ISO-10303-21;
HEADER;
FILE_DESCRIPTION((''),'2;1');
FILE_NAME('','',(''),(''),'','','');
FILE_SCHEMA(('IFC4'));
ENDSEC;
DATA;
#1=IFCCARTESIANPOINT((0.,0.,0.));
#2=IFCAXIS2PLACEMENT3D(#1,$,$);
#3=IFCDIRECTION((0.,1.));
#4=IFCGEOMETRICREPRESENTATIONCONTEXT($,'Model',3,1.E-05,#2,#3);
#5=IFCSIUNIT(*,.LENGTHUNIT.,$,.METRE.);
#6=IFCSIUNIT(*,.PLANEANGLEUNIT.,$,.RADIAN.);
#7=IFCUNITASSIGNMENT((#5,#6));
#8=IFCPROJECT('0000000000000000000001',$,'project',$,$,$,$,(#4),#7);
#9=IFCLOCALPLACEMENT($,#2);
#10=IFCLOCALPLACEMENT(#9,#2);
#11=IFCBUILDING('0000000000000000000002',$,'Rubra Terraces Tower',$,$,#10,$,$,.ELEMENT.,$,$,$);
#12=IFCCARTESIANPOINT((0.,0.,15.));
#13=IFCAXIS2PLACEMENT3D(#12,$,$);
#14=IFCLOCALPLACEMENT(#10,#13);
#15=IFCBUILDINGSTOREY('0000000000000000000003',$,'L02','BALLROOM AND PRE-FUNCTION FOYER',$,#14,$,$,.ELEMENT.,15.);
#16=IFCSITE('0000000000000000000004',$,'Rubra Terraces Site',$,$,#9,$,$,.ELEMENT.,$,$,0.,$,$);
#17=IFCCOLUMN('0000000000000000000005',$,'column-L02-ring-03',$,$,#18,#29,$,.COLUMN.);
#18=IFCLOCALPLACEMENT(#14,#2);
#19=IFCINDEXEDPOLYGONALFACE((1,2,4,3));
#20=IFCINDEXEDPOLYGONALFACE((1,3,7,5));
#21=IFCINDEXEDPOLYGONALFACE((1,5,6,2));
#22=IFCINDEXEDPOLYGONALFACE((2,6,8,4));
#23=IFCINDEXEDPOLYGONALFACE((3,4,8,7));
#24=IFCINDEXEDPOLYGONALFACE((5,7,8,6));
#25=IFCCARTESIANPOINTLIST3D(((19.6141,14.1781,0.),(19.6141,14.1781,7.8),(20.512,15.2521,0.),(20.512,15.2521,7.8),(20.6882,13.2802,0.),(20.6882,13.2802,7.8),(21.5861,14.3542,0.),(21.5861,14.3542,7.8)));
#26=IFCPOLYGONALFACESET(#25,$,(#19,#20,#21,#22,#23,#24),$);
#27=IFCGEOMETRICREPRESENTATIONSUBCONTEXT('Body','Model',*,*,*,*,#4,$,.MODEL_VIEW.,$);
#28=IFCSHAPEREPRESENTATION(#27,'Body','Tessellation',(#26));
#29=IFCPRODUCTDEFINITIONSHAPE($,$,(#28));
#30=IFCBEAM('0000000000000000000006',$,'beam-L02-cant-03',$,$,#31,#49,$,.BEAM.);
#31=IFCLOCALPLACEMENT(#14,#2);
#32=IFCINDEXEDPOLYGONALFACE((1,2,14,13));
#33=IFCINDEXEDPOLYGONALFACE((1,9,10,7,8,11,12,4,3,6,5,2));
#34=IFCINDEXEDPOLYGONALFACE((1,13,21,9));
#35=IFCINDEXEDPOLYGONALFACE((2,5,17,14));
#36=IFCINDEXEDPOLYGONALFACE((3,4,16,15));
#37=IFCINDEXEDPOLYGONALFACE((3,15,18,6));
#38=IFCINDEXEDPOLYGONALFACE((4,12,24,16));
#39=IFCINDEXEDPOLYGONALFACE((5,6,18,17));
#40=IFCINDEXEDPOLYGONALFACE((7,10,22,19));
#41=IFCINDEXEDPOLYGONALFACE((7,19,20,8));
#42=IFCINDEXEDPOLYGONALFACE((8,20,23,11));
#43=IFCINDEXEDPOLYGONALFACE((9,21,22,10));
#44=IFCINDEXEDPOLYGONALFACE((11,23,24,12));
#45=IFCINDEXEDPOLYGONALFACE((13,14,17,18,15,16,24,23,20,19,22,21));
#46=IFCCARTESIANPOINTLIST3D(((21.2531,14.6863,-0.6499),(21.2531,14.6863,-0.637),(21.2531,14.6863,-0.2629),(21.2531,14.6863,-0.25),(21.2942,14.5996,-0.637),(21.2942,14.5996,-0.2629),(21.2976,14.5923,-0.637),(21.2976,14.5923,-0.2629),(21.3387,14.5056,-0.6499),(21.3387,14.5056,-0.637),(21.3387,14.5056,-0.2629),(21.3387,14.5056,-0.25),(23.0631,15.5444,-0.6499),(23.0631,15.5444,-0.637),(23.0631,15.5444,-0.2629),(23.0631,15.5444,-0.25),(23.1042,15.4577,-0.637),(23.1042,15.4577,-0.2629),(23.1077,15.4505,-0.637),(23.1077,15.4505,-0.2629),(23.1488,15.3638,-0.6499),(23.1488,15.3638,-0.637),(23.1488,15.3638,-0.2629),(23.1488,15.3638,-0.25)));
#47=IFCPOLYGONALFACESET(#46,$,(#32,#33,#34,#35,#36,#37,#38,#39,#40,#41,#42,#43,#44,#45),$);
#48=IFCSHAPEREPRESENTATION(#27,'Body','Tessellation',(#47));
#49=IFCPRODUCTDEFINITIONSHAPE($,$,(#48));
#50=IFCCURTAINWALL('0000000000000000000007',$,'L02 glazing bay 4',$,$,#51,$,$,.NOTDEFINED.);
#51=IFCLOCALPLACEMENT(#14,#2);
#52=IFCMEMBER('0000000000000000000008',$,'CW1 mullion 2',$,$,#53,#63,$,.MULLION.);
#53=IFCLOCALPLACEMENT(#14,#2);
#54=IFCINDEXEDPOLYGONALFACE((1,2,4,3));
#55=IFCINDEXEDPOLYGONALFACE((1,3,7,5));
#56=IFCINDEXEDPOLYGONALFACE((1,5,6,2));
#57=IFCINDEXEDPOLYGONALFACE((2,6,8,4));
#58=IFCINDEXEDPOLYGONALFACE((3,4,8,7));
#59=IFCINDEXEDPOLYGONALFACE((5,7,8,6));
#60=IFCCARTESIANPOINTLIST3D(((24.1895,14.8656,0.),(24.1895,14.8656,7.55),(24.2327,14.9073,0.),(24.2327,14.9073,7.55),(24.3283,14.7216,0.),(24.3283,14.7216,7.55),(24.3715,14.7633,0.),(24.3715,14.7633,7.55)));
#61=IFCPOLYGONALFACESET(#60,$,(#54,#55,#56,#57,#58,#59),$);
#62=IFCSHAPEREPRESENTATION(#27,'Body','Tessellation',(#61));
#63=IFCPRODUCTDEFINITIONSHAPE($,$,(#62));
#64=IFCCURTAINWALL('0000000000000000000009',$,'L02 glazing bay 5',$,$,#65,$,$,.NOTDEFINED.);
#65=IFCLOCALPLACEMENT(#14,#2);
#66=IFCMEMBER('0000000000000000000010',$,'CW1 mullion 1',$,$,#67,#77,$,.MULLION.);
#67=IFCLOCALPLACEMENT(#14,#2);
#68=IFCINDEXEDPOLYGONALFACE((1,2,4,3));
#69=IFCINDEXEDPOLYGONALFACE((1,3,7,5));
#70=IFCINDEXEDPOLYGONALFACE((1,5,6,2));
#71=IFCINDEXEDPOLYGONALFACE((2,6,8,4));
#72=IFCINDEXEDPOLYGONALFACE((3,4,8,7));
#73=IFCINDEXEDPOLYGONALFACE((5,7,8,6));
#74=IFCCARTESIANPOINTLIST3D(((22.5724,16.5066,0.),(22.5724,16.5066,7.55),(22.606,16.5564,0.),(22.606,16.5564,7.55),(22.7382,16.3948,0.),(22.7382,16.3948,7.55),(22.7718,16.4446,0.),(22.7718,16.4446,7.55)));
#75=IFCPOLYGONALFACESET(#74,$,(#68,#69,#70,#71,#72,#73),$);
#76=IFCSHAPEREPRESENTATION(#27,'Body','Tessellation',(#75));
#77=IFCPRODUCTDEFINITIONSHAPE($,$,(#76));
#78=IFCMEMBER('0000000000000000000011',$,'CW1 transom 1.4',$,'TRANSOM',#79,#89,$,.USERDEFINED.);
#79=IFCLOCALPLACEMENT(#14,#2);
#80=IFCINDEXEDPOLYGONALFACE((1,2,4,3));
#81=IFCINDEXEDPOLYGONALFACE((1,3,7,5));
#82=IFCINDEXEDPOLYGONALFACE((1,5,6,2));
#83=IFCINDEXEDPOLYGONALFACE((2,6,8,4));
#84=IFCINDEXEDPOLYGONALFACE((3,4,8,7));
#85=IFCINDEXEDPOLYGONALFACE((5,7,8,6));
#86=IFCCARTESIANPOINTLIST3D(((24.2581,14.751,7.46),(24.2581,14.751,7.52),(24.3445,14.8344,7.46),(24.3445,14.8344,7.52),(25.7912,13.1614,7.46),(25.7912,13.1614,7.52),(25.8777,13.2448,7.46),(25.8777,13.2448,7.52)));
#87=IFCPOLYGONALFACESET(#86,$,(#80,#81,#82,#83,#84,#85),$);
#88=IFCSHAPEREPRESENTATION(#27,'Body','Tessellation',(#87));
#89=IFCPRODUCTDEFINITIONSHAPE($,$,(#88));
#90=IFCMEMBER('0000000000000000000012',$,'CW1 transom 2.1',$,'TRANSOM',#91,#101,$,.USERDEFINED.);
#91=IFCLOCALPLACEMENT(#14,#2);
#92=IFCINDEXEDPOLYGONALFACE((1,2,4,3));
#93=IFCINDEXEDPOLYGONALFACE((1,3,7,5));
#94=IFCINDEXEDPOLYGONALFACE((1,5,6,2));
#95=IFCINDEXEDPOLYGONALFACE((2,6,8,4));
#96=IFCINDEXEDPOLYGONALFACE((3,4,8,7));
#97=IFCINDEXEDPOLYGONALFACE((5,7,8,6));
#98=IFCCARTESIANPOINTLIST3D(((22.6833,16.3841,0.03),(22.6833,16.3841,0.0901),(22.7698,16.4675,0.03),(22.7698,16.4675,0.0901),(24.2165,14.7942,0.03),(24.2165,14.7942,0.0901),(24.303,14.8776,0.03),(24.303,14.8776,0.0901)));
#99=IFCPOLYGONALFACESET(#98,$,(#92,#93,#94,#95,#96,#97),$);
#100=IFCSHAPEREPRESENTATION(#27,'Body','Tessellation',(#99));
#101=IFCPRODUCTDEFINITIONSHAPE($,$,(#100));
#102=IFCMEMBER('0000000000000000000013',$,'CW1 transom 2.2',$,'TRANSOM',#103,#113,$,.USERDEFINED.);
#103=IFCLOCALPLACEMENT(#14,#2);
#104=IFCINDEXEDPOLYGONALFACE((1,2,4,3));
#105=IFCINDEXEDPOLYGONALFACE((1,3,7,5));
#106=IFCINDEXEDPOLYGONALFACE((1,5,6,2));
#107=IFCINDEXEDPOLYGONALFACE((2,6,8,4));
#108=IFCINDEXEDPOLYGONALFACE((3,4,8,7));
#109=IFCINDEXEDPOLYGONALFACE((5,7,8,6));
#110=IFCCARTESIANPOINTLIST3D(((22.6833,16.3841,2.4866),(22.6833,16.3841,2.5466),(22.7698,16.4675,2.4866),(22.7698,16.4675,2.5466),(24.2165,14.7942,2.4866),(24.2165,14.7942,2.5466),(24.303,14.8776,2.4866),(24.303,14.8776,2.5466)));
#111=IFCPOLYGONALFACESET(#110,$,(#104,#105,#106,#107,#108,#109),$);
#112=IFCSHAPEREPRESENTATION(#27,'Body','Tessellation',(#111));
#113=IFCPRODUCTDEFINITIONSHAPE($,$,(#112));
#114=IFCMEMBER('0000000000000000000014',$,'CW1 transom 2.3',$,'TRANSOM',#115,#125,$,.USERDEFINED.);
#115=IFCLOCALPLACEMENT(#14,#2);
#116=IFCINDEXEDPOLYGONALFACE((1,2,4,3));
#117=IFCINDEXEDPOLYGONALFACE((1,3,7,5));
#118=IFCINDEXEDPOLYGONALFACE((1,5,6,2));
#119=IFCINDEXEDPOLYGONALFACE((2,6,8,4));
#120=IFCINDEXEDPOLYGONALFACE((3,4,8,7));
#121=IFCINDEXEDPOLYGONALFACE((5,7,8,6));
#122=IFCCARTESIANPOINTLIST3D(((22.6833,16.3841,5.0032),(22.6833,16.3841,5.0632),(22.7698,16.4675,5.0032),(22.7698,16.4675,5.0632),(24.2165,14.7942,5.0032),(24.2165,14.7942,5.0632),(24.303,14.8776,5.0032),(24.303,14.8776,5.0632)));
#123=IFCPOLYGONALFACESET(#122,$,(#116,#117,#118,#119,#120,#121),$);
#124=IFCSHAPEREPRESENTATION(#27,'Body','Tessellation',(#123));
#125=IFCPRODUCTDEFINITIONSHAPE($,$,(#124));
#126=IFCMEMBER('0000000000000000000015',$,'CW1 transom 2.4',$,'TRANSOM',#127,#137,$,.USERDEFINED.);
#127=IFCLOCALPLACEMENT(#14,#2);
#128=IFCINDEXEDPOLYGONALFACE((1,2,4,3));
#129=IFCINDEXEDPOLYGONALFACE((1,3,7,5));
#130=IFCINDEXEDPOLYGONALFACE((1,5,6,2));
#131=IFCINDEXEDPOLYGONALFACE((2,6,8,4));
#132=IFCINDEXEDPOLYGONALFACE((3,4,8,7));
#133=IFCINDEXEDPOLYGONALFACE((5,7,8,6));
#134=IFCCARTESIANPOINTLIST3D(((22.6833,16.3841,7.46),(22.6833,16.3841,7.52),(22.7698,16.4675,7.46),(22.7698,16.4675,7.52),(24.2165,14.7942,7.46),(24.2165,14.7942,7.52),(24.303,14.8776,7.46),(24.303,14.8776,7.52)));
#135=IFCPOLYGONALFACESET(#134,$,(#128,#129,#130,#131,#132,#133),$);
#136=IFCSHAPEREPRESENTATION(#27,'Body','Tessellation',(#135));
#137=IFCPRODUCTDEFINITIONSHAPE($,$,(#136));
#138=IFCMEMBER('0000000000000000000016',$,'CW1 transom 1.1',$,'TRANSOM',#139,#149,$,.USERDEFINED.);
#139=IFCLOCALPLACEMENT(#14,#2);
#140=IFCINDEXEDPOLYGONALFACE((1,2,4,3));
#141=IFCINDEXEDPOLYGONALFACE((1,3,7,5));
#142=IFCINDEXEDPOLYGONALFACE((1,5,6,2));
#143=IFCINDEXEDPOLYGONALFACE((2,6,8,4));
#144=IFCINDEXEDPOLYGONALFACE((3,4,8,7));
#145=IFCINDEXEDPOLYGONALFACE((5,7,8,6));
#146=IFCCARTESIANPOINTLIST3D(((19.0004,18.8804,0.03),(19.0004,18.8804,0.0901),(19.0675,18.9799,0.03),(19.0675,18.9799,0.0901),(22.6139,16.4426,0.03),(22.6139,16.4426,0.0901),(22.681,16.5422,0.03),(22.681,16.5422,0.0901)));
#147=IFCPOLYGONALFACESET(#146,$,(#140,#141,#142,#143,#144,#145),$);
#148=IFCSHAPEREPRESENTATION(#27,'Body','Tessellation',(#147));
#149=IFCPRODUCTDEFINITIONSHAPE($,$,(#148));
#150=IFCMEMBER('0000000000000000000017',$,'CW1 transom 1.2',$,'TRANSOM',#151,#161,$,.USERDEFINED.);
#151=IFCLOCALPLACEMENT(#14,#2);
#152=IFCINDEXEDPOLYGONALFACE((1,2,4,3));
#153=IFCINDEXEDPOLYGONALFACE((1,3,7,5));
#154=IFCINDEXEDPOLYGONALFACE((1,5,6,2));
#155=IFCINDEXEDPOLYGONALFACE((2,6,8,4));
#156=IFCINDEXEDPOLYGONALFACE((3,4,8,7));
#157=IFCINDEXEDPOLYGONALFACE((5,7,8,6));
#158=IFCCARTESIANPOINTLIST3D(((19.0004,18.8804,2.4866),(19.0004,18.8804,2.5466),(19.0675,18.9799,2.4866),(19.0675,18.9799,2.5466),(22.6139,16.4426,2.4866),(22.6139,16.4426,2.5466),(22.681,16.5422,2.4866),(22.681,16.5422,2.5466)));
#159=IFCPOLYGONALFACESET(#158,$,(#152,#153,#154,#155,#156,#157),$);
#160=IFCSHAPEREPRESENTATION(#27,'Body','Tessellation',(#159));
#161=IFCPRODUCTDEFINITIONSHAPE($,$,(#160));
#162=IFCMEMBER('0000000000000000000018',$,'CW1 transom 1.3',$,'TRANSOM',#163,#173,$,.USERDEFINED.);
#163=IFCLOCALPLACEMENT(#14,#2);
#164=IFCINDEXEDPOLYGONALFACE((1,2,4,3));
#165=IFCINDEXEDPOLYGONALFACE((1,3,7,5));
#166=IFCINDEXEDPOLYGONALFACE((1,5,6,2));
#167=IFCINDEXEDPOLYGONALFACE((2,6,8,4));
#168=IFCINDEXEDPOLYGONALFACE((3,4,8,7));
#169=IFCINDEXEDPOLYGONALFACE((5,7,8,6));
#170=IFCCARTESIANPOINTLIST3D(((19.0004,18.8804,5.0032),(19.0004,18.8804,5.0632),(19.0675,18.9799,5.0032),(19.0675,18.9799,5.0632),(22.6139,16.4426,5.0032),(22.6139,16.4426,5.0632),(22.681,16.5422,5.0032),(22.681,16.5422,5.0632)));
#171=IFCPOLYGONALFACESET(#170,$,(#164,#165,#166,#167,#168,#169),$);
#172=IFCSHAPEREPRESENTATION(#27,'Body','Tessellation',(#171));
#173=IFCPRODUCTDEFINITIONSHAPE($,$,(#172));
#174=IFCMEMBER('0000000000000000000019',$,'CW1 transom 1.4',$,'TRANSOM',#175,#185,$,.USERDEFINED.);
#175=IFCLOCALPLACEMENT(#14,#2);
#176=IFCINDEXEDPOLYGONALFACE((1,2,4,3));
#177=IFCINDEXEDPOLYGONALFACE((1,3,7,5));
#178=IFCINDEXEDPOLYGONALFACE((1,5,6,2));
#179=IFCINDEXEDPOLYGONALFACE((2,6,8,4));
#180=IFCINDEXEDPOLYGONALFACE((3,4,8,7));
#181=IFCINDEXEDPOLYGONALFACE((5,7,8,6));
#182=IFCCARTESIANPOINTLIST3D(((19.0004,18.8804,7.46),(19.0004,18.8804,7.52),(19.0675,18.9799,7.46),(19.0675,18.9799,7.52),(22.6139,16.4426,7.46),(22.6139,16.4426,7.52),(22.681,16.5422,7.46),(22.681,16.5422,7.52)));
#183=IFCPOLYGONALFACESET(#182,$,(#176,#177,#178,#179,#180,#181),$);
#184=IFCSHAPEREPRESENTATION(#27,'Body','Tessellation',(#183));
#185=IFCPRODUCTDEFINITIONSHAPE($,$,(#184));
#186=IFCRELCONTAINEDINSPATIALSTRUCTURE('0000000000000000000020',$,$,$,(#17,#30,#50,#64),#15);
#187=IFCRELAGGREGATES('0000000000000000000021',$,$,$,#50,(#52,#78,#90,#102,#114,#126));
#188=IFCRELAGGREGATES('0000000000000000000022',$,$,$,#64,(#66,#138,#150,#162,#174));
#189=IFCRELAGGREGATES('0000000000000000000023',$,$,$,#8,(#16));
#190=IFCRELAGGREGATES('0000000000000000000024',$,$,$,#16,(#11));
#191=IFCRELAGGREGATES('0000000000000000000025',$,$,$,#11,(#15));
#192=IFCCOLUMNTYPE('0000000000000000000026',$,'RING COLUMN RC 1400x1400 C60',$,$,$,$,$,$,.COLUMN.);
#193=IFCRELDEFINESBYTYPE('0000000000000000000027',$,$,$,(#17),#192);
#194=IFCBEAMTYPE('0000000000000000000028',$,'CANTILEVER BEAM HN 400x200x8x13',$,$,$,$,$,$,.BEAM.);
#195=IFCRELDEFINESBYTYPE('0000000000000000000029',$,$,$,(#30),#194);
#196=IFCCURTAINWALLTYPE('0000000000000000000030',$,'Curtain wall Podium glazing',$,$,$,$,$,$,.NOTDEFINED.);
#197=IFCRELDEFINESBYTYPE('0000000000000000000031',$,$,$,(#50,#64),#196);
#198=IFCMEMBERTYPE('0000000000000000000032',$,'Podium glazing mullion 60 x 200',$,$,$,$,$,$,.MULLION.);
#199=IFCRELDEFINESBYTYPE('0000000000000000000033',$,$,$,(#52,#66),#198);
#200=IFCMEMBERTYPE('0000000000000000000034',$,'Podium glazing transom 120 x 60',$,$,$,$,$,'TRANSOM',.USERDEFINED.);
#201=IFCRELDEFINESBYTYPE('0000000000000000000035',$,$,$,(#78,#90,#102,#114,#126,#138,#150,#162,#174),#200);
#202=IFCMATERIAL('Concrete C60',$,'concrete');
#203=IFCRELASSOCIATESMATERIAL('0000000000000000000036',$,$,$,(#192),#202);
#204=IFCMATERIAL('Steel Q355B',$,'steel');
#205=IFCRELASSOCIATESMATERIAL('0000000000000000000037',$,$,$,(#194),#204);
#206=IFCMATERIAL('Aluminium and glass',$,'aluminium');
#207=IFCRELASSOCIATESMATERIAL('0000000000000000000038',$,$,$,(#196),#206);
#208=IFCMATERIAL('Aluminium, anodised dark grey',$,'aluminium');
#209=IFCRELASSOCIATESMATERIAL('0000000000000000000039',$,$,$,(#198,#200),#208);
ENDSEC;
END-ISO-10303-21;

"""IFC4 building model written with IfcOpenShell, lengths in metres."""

from ifc_helpers import new_model, si_unit, direction, frame, origin, origin_2d, place, context, subcontext, project, spatial, rectangle, i_section, extrude, material, material_profile, profile_set, type_object, element, aggregate, save


model = new_model("IFC4")

# Units and contexts
model_context = context("Model", 3, precision=1e-05, world=origin(), true_north=direction((0.0, 1.0)))
body_context = subcontext(model_context, "Body", "Model", "MODEL_VIEW")
ifc_project = project(units=[si_unit("LENGTHUNIT", "METRE"), si_unit("PLANEANGLEUNIT", "RADIAN")], contexts=[model_context])

# Site, building, storey
site_placement = place(None, origin())
site = spatial("IfcSite", under=ifc_project, at=site_placement, Name="Rubra Terraces Site", CompositionType="ELEMENT", RefElevation=0.0)
building_placement = place(site_placement, origin())
building = spatial("IfcBuilding", under=site, at=building_placement, Name="Rubra Terraces Tower", CompositionType="ELEMENT")
storey_placement = place(building_placement, frame((0.0, 0.0, 15.0)))
storey = spatial("IfcBuildingStorey", under=building, at=storey_placement, Name="L02", Description="BALLROOM AND PRE-FUNCTION FOYER", CompositionType="ELEMENT", Elevation=15.0)

# Column
ifc_material_1 = material(Name="Concrete C60", Category="concrete")
ifc_material_profile_1 = material_profile(ifc_material_1, rectangle(XDim=1.3999, YDim=1.3999, at=origin_2d()), Name="RC 1400x1400")
ifc_profile_set_1 = profile_set([ifc_material_profile_1], Name="Concrete C60")
column_type = type_object("IfcColumnType", Name="RING COLUMN RC 1400x1400 C60", PredefinedType="COLUMN", material=ifc_profile_set_1)
column_placement = place(storey_placement, frame((20.6001, 14.2661, 0.0), z_axis=(0.0, 0.0, 1.0), x_axis=(-0.76721, 0.641397, 0.0)))
element("IfcColumn", 1, at=column_placement, inside=storey, type_object=column_type, Name="column-L02-ring-03", PredefinedType="COLUMN", context=body_context, shape_type="SweptSolid", body=[
    extrude(rectangle(XDim=1.3999, YDim=1.3999, at=origin_2d()), origin(), (0.0, 0.0, 1.0), 7.8),
])

# Beam
ifc_material_2 = material(Name="Steel Q355B", Category="steel")
ifc_material_profile_2 = material_profile(ifc_material_2, i_section(OverallWidth=0.2, OverallDepth=0.3999, WebThickness=0.0081, FlangeThickness=0.0129, at=origin_2d()), Name="HN 400x200x8x13")
ifc_profile_set_2 = profile_set([ifc_material_profile_2], Name="Steel Q355B")
beam_type_1 = type_object("IfcBeamType", Name="CANTILEVER BEAM HN 400x200x8x13", PredefinedType="BEAM", material=ifc_profile_set_2)
beam_1_placement = place(storey_placement, frame((21.2959, 14.5959, -0.45), z_axis=(0.903591, 0.428395, 0.0), x_axis=(-0.428395, 0.903591, 0.0)))
element("IfcBeam", 2, at=beam_1_placement, inside=storey, type_object=beam_type_1, Name="beam-L02-cant-03", PredefinedType="BEAM", context=body_context, shape_type="SweptSolid", body=[
    extrude(i_section(OverallWidth=0.2, OverallDepth=0.3999, WebThickness=0.0081, FlangeThickness=0.0129, at=origin_2d()), origin(), (0.0, 0.0, 1.0), 2.0032),
])

# Curtain walls, members
ifc_material_3 = material(Name="Aluminium and glass", Category="aluminium")
curtain_wall_type = type_object("IfcCurtainWallType", Name="Curtain wall Podium glazing", PredefinedType="NOTDEFINED", material=ifc_material_3)
curtain_wall_1_placement = place(storey_placement, origin())
curtain_wall_1 = element("IfcCurtainWall", 3, at=curtain_wall_1_placement, inside=storey, type_object=curtain_wall_type, Name="L02 glazing bay 4", PredefinedType="NOTDEFINED")
ifc_material_4 = material(Name="Aluminium, anodised dark grey", Category="aluminium")
ifc_material_profile_3 = material_profile(ifc_material_4, rectangle(XDim=0.0601, YDim=0.2, at=origin_2d()), Name="AL 60x200")
ifc_profile_set_3 = profile_set([ifc_material_profile_3], Name="Aluminium, anodised dark grey")
member_type_1 = type_object("IfcMemberType", Name="Podium glazing mullion 60 x 200", PredefinedType="MULLION", material=ifc_profile_set_3)
member_1_placement = place(storey_placement, frame((24.2805, 14.8145, 0.0), z_axis=(0.0, 0.0, 1.0), x_axis=(-0.719825, -0.694156, 0.0)))
member_1 = element("IfcMember", 4, at=member_1_placement, type_object=member_type_1, Name="CW1 mullion 2", PredefinedType="MULLION", context=body_context, shape_type="SweptSolid", body=[
    extrude(rectangle(XDim=0.0601, YDim=0.2, at=origin_2d()), origin(), (0.0, 0.0, 1.0), 7.55),
])
curtain_wall_2_placement = place(storey_placement, origin())
curtain_wall_2 = element("IfcCurtainWall", 5, at=curtain_wall_2_placement, inside=storey, type_object=curtain_wall_type, Name="L02 glazing bay 5", PredefinedType="NOTDEFINED")
member_2_placement = place(storey_placement, frame((22.6721, 16.4756, 0.0), z_axis=(0.0, 0.0, 1.0), x_axis=(-0.559277, -0.828981, 0.0)))
member_2 = element("IfcMember", 6, at=member_2_placement, type_object=member_type_1, Name="CW1 mullion 1", PredefinedType="MULLION", context=body_context, shape_type="SweptSolid", body=[
    extrude(rectangle(XDim=0.0601, YDim=0.2, at=origin_2d()), origin(), (0.0, 0.0, 1.0), 7.55),
])

# Members
ifc_material_profile_4 = material_profile(ifc_material_4, rectangle(XDim=0.1201, YDim=0.0601, at=origin_2d()), Name="AL 120x60")
ifc_profile_set_4 = profile_set([ifc_material_profile_4], Name="Aluminium, anodised dark grey")
member_type_2 = type_object("IfcMemberType", Name="Podium glazing transom 120 x 60", ElementType="TRANSOM", PredefinedType="USERDEFINED", material=ifc_profile_set_4)
member_3_placement = place(storey_placement, frame((25.8345, 13.2031, 7.49), z_axis=(-0.694224, 0.719759, 0.0), x_axis=(-0.719759, -0.694224, 0.0)))
member_3 = element("IfcMember", 7, at=member_3_placement, type_object=member_type_2, Name="CW1 transom 1.4", ObjectType="TRANSOM", PredefinedType="USERDEFINED", context=body_context, shape_type="SweptSolid", body=[
    extrude(rectangle(XDim=0.1201, YDim=0.0601, at=origin_2d()), origin(), (0.0, 0.0, 1.0), 2.2085),
])
member_4_placement = place(storey_placement, frame((24.2598, 14.8359, 0.0601), z_axis=(-0.694168, 0.719813, 0.0), x_axis=(-0.719813, -0.694168, 0.0)))
member_4 = element("IfcMember", 8, at=member_4_placement, type_object=member_type_2, Name="CW1 transom 2.1", ObjectType="TRANSOM", PredefinedType="USERDEFINED", context=body_context, shape_type="SweptSolid", body=[
    extrude(rectangle(XDim=0.1201, YDim=0.0601, at=origin_2d()), origin(), (0.0, 0.0, 1.0), 2.2087),
])
member_5_placement = place(storey_placement, frame((24.2598, 14.8359, 2.5166), z_axis=(-0.694168, 0.719813, 0.0), x_axis=(-0.719813, -0.694168, 0.0)))
member_5 = element("IfcMember", 9, at=member_5_placement, type_object=member_type_2, Name="CW1 transom 2.2", ObjectType="TRANSOM", PredefinedType="USERDEFINED", context=body_context, shape_type="SweptSolid", body=[
    extrude(rectangle(XDim=0.1201, YDim=0.0601, at=origin_2d()), origin(), (0.0, 0.0, 1.0), 2.2087),
])
member_6_placement = place(storey_placement, frame((24.2598, 14.8359, 5.0332), z_axis=(-0.694168, 0.719813, 0.0), x_axis=(-0.719813, -0.694168, 0.0)))
member_6 = element("IfcMember", 10, at=member_6_placement, type_object=member_type_2, Name="CW1 transom 2.3", ObjectType="TRANSOM", PredefinedType="USERDEFINED", context=body_context, shape_type="SweptSolid", body=[
    extrude(rectangle(XDim=0.1201, YDim=0.0601, at=origin_2d()), origin(), (0.0, 0.0, 1.0), 2.2087),
])
member_7_placement = place(storey_placement, frame((24.2598, 14.8359, 7.49), z_axis=(-0.694168, 0.719813, 0.0), x_axis=(-0.719813, -0.694168, 0.0)))
member_7 = element("IfcMember", 11, at=member_7_placement, type_object=member_type_2, Name="CW1 transom 2.4", ObjectType="TRANSOM", PredefinedType="USERDEFINED", context=body_context, shape_type="SweptSolid", body=[
    extrude(rectangle(XDim=0.1201, YDim=0.0601, at=origin_2d()), origin(), (0.0, 0.0, 1.0), 2.2087),
])
member_8_placement = place(storey_placement, frame((22.6475, 16.4924, 0.0601), z_axis=(-0.828996, 0.559254, 0.0), x_axis=(-0.559254, -0.828996, 0.0)))
member_8 = element("IfcMember", 12, at=member_8_placement, type_object=member_type_2, Name="CW1 transom 1.1", ObjectType="TRANSOM", PredefinedType="USERDEFINED", context=body_context, shape_type="SweptSolid", body=[
    extrude(rectangle(XDim=0.1201, YDim=0.0601, at=origin_2d()), origin(), (0.0, 0.0, 1.0), 4.3589),
])
member_9_placement = place(storey_placement, frame((22.6475, 16.4924, 2.5166), z_axis=(-0.828996, 0.559254, 0.0), x_axis=(-0.559254, -0.828996, 0.0)))
member_9 = element("IfcMember", 13, at=member_9_placement, type_object=member_type_2, Name="CW1 transom 1.2", ObjectType="TRANSOM", PredefinedType="USERDEFINED", context=body_context, shape_type="SweptSolid", body=[
    extrude(rectangle(XDim=0.1201, YDim=0.0601, at=origin_2d()), origin(), (0.0, 0.0, 1.0), 4.3589),
])
member_10_placement = place(storey_placement, frame((22.6475, 16.4924, 5.0332), z_axis=(-0.828996, 0.559254, 0.0), x_axis=(-0.559254, -0.828996, 0.0)))
member_10 = element("IfcMember", 14, at=member_10_placement, type_object=member_type_2, Name="CW1 transom 1.3", ObjectType="TRANSOM", PredefinedType="USERDEFINED", context=body_context, shape_type="SweptSolid", body=[
    extrude(rectangle(XDim=0.1201, YDim=0.0601, at=origin_2d()), origin(), (0.0, 0.0, 1.0), 4.3589),
])
member_11_placement = place(storey_placement, frame((22.6475, 16.4924, 7.49), z_axis=(-0.828996, 0.559254, 0.0), x_axis=(-0.559254, -0.828996, 0.0)))
member_11 = element("IfcMember", 15, at=member_11_placement, type_object=member_type_2, Name="CW1 transom 1.4", ObjectType="TRANSOM", PredefinedType="USERDEFINED", context=body_context, shape_type="SweptSolid", body=[
    extrude(rectangle(XDim=0.1201, YDim=0.0601, at=origin_2d()), origin(), (0.0, 0.0, 1.0), 4.3589),
])

aggregate(curtain_wall_1, [member_1, member_3, member_4, member_5, member_6, member_7])
aggregate(curtain_wall_2, [member_2, member_8, member_9, member_10, member_11])

save(model, "model.ifc")
